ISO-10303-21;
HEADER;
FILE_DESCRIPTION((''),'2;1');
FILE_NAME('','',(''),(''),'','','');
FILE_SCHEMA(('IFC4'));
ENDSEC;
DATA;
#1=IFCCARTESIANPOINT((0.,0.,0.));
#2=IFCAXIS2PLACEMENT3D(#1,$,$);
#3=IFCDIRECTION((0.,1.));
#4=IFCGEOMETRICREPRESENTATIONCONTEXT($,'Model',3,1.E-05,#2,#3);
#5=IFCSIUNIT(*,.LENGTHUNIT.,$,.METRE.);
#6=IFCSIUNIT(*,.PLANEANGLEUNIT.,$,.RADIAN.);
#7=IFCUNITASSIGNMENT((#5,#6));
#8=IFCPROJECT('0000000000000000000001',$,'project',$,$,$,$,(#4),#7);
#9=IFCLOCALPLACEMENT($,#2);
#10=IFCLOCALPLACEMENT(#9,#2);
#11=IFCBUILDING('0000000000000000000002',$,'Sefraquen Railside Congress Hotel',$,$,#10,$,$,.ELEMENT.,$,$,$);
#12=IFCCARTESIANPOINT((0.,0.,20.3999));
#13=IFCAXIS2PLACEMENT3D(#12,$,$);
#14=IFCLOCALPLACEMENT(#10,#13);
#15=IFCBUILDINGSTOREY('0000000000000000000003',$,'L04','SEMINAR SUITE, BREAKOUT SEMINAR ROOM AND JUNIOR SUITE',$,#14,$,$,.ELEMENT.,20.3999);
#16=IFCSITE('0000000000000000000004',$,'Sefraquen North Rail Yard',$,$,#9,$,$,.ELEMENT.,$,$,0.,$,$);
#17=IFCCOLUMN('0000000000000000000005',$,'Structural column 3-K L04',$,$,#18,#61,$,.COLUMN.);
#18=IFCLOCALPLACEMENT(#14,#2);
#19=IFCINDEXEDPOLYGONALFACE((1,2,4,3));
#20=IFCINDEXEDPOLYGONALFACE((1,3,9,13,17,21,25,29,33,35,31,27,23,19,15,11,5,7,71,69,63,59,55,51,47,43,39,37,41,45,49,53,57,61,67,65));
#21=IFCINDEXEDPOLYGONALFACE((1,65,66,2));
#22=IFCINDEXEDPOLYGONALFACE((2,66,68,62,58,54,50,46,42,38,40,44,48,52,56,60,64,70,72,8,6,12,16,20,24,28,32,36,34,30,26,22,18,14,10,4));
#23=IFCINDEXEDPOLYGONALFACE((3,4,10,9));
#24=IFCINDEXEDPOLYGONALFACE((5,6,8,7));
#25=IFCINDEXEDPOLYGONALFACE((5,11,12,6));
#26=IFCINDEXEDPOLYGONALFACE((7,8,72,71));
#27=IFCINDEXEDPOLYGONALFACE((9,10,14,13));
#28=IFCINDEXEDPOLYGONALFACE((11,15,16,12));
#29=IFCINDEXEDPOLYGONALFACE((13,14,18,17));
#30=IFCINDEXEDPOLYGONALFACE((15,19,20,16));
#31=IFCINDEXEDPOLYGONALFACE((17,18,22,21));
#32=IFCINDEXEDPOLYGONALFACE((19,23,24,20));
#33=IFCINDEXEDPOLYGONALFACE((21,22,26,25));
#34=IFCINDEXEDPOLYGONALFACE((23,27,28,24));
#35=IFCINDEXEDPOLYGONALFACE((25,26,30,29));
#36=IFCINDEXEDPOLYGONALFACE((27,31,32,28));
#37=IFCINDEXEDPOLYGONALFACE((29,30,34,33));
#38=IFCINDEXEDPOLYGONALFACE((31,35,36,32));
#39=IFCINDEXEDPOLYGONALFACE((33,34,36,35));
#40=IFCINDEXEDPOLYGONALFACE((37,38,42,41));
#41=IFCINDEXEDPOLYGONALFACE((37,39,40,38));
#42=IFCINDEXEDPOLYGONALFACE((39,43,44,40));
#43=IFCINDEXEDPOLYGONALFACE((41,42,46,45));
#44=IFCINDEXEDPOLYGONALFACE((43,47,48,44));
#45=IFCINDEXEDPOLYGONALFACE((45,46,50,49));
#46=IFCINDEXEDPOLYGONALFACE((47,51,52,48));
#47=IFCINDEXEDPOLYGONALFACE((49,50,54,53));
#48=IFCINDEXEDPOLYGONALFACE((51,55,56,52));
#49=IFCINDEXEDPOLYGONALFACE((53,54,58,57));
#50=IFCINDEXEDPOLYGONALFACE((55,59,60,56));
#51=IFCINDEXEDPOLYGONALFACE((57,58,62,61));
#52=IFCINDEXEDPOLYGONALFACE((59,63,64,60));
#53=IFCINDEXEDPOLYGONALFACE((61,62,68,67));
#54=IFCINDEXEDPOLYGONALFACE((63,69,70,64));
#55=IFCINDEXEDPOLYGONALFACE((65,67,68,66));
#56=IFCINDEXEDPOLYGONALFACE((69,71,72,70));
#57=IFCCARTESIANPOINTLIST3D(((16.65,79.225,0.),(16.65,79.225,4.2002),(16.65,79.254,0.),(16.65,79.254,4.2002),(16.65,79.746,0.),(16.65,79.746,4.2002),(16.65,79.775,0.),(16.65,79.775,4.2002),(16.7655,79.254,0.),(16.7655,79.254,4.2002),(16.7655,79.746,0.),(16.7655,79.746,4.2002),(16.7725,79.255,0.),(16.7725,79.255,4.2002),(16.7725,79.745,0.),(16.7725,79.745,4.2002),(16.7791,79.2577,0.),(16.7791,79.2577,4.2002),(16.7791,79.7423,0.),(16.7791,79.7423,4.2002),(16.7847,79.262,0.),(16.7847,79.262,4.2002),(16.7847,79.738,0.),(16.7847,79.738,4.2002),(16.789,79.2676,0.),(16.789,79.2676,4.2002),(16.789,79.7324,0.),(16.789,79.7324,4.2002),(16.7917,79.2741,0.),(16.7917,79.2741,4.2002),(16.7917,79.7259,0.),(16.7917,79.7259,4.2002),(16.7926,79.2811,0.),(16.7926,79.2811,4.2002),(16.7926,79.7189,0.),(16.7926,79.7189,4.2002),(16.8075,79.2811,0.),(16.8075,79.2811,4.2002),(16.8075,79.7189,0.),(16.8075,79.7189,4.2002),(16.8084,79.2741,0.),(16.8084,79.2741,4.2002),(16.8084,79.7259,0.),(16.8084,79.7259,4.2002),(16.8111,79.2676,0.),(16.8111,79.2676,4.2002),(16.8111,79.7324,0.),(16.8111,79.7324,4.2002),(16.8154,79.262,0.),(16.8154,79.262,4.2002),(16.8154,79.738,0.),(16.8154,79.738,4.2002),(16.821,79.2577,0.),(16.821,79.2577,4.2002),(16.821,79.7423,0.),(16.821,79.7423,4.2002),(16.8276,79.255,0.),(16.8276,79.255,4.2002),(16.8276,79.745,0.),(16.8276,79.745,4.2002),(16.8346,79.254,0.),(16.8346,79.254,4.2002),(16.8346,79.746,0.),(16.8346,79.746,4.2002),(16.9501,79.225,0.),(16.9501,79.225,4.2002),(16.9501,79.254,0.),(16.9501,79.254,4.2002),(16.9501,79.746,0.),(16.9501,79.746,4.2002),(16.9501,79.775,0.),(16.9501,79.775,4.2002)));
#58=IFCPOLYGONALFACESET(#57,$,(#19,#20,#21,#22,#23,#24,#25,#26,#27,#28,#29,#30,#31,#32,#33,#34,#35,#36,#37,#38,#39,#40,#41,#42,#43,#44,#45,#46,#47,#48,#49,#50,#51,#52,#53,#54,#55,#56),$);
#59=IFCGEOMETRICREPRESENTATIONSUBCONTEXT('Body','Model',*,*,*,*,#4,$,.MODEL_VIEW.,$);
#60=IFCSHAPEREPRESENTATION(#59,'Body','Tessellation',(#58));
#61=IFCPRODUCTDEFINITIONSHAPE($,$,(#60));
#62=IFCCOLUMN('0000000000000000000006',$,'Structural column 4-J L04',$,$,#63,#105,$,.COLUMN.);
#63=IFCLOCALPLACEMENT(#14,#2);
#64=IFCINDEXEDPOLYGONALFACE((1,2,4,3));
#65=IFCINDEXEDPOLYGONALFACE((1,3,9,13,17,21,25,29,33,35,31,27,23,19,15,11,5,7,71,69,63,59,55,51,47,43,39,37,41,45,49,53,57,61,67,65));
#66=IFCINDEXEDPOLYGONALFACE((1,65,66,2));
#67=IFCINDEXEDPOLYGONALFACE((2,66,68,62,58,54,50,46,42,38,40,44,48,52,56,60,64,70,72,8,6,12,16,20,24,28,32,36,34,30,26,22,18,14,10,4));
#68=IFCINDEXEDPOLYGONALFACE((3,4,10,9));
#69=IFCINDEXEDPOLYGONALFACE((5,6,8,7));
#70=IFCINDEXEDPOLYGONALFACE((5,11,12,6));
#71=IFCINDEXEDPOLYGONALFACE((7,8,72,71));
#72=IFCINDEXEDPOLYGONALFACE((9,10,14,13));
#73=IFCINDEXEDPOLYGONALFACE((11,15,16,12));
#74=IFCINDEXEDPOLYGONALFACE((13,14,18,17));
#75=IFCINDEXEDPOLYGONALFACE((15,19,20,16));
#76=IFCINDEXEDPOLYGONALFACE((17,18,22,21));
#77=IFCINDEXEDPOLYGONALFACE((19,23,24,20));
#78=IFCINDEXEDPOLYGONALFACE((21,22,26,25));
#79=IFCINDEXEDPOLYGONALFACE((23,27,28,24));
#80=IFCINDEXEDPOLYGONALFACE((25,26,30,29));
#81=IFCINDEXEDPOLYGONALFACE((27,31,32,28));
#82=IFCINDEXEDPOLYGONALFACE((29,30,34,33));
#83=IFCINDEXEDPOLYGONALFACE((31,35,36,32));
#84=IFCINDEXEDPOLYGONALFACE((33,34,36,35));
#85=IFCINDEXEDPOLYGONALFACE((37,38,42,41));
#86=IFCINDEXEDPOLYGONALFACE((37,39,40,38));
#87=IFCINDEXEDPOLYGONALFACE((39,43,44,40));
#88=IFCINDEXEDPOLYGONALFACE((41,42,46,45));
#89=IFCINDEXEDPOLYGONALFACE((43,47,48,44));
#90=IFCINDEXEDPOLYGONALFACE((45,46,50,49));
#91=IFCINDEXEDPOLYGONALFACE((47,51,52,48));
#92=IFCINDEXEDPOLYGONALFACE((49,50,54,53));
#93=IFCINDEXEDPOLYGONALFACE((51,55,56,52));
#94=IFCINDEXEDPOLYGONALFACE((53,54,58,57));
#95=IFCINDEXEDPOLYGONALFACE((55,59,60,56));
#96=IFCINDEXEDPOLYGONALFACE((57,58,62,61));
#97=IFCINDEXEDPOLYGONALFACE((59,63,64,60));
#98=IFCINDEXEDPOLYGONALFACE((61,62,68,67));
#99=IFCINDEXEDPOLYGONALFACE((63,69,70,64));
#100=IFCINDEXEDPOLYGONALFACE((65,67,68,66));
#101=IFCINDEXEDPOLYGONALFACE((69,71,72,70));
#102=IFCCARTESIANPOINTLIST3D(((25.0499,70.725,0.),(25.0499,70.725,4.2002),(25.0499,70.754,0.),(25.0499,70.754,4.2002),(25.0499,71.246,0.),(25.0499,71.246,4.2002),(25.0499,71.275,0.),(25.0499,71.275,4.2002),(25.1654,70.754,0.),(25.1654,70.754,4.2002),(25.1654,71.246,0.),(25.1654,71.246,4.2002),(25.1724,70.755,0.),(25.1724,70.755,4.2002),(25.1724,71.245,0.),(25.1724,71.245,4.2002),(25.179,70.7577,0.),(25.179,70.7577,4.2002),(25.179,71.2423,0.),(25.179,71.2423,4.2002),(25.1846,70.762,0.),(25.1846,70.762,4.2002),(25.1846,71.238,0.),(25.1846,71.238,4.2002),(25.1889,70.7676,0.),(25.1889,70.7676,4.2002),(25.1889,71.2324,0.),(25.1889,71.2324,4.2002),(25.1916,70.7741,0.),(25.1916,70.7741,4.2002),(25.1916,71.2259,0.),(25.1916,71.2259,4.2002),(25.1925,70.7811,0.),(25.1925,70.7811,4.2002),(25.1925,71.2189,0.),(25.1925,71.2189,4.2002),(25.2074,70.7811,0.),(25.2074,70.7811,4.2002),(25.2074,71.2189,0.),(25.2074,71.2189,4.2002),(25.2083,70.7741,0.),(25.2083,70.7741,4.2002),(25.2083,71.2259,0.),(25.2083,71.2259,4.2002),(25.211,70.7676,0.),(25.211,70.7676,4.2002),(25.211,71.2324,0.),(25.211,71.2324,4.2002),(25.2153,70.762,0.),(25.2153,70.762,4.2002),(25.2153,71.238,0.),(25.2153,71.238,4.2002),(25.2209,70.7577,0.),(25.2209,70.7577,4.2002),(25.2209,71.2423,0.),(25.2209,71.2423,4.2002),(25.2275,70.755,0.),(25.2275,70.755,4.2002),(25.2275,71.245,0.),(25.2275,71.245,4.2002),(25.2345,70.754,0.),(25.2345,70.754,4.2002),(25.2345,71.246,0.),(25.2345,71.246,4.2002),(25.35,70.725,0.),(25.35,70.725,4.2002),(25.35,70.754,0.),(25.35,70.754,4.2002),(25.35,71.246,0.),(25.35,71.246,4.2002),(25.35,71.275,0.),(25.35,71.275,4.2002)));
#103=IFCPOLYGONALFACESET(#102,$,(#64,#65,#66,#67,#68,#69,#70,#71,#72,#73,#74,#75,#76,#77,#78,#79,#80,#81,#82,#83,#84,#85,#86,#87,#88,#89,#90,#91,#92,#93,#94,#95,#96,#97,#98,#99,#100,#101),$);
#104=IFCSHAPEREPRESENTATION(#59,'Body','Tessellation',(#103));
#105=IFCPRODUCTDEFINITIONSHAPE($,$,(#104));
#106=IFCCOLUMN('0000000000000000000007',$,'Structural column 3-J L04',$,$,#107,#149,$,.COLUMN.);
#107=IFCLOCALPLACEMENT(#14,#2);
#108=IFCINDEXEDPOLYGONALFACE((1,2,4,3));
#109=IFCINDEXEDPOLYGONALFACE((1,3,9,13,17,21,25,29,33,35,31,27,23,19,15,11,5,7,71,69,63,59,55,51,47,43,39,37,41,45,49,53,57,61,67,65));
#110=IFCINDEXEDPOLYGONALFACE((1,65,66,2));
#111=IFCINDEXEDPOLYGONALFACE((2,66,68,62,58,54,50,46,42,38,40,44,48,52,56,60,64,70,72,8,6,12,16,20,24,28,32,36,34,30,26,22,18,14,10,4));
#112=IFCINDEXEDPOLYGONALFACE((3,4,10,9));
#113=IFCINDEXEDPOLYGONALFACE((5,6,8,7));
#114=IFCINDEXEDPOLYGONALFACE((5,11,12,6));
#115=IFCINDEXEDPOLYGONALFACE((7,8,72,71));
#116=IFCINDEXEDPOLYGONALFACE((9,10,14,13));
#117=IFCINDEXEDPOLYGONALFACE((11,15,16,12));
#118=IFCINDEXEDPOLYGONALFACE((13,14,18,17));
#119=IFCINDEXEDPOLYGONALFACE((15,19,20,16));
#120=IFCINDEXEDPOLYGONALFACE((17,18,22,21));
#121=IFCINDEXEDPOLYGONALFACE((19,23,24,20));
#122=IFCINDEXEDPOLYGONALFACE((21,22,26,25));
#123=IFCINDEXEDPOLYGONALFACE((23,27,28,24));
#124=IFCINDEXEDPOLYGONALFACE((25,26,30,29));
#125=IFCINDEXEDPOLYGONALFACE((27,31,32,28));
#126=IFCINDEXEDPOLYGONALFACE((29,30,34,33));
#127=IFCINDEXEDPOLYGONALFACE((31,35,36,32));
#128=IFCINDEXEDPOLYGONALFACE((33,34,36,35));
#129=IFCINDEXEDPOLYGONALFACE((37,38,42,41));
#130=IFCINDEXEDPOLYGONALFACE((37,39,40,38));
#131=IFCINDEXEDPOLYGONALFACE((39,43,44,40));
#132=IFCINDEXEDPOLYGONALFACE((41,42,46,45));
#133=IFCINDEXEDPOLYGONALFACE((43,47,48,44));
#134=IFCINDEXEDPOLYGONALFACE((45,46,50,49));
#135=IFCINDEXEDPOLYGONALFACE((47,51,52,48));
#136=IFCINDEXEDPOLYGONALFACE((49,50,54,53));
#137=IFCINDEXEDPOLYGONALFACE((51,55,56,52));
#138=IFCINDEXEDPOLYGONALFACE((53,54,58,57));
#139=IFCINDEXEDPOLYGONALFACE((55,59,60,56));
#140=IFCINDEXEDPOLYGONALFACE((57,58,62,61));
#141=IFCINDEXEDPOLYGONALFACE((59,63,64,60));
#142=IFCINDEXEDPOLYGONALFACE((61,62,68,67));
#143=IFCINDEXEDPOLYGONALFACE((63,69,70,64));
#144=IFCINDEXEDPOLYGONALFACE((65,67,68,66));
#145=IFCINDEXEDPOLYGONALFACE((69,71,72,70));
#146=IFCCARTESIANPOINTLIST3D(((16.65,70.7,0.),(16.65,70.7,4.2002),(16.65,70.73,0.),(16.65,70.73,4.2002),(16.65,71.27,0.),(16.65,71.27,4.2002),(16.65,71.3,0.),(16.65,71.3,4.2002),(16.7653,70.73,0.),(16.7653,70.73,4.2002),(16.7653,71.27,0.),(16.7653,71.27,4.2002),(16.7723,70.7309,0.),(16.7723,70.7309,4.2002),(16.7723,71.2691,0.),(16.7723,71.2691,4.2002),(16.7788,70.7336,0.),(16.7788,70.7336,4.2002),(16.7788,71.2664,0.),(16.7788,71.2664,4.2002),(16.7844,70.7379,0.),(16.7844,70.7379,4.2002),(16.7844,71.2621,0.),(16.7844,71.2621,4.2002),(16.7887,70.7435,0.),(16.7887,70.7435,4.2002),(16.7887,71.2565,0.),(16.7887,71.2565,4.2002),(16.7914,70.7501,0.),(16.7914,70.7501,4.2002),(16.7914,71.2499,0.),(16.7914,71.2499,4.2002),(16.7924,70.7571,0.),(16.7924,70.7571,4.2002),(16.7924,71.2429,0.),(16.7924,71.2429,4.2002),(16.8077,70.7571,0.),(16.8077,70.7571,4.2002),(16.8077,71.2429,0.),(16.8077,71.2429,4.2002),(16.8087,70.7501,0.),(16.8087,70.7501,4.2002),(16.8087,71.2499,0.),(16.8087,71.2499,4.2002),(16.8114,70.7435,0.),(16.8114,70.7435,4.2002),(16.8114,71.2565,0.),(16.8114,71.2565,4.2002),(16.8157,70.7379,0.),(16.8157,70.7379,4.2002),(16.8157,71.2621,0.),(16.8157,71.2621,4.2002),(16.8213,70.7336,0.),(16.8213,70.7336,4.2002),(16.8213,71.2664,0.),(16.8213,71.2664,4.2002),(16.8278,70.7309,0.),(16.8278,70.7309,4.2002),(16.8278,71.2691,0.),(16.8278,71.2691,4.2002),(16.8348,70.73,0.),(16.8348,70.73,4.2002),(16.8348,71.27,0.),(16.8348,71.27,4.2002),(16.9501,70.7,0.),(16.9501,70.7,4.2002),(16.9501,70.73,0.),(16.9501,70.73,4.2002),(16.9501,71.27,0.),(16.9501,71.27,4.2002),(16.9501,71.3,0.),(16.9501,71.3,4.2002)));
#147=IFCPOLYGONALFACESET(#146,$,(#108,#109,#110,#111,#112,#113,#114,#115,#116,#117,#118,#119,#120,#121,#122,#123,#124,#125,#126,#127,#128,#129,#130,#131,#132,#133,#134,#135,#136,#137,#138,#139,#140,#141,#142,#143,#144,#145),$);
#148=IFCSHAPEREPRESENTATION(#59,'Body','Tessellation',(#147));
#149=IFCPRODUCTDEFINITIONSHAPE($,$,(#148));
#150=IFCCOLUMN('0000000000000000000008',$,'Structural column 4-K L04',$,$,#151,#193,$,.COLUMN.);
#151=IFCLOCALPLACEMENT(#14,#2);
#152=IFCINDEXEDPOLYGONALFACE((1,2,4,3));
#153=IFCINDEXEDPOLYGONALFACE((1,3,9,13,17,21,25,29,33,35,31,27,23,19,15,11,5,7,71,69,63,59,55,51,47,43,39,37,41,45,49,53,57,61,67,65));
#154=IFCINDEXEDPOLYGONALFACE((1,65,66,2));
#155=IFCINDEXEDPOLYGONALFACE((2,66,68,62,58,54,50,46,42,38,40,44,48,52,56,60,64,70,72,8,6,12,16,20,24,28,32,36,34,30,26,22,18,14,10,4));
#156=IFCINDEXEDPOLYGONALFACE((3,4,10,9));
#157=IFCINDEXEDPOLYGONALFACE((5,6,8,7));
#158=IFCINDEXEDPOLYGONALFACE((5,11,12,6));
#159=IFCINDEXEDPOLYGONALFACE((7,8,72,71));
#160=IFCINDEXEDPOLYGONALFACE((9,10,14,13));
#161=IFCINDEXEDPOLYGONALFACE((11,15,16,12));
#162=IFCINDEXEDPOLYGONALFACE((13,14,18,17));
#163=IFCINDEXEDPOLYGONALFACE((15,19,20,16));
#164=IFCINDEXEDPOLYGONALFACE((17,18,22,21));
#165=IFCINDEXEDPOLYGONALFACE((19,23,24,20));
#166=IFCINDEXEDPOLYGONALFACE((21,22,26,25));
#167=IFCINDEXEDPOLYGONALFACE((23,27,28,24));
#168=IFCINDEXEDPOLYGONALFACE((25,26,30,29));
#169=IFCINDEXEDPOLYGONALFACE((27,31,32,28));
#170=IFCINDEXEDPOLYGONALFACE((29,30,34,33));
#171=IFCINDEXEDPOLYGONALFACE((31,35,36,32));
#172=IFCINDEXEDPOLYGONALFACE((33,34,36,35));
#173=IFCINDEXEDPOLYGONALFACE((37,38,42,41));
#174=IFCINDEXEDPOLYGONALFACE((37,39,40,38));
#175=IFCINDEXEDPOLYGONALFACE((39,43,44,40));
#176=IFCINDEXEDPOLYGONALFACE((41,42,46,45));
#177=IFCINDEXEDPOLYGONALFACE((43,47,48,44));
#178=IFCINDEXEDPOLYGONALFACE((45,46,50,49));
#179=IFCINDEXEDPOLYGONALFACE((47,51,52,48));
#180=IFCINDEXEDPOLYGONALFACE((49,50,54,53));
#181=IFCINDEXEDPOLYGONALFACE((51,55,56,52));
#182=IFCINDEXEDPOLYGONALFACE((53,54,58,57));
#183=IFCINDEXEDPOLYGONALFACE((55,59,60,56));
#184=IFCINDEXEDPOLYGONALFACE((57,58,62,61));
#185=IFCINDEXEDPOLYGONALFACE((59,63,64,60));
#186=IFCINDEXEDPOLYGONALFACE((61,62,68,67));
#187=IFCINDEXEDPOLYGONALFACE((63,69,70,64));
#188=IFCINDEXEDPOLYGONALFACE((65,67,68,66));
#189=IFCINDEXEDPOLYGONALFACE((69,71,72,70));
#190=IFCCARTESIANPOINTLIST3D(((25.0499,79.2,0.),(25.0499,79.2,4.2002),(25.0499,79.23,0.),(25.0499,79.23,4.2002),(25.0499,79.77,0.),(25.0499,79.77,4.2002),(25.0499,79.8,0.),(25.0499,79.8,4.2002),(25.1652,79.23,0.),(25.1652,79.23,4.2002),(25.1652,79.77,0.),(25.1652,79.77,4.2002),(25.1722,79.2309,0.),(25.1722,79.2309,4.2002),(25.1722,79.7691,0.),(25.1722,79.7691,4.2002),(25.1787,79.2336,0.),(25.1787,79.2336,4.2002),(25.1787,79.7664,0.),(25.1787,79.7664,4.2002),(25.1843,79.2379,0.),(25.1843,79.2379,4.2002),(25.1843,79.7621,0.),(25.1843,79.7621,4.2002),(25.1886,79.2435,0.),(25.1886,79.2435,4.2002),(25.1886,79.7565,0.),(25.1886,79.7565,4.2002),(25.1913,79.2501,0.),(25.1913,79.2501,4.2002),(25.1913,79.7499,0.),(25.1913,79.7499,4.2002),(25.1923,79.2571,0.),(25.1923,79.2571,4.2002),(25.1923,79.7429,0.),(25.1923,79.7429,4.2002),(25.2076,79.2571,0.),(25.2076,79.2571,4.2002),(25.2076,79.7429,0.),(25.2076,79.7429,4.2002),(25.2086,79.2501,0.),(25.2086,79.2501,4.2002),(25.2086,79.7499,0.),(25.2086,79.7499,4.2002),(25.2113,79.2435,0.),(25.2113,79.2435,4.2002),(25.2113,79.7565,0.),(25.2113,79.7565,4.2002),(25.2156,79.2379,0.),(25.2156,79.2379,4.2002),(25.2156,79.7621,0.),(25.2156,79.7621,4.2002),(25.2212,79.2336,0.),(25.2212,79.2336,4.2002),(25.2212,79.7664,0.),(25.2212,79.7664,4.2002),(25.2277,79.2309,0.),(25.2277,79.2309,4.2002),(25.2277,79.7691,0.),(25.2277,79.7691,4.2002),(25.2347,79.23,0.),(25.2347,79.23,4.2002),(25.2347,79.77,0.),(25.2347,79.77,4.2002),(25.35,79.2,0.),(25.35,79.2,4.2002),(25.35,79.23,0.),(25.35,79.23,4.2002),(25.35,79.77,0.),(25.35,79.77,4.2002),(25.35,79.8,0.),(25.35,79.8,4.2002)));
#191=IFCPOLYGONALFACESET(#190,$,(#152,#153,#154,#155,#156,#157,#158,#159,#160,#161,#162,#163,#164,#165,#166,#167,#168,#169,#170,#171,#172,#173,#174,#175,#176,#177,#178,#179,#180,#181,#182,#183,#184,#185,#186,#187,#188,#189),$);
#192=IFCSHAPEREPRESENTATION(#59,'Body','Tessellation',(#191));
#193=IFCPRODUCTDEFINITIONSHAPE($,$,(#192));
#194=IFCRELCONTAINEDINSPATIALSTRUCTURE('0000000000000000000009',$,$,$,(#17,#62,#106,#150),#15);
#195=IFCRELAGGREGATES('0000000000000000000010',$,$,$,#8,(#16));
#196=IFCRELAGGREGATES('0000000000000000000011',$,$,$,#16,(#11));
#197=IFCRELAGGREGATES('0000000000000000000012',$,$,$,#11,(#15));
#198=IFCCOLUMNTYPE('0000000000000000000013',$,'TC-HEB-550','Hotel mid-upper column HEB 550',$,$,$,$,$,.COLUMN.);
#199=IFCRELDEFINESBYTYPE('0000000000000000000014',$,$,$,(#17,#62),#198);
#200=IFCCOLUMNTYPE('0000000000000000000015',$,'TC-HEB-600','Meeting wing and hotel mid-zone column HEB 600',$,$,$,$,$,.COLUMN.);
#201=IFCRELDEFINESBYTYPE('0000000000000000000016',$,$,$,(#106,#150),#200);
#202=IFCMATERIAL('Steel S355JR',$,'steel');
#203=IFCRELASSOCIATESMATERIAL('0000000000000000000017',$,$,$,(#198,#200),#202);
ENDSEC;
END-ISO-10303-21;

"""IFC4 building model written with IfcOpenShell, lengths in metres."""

from ifc_helpers import new_model, si_unit, direction, frame, origin, origin_2d, place, context, subcontext, project, spatial, i_section, extrude, material, material_profile, profile_set, type_object, element, save


model = new_model("IFC4")

# Units and contexts
model_context = context("Model", 3, precision=1e-05, world=origin(), true_north=direction((0.0, 1.0)))
body_context = subcontext(model_context, "Body", "Model", "MODEL_VIEW")
ifc_project = project(units=[si_unit("LENGTHUNIT", "METRE"), si_unit("PLANEANGLEUNIT", "RADIAN")], contexts=[model_context])

# Site, building, storey
site_placement = place(None, origin())
site = spatial("IfcSite", under=ifc_project, at=site_placement, Name="Sefraquen North Rail Yard", CompositionType="ELEMENT", RefElevation=0.0)
building_placement = place(site_placement, origin())
building = spatial("IfcBuilding", under=site, at=building_placement, Name="Sefraquen Railside Congress Hotel", CompositionType="ELEMENT")
storey_placement = place(building_placement, frame((0.0, 0.0, 20.3999)))
storey = spatial("IfcBuildingStorey", under=building, at=storey_placement, Name="L04", Description="SEMINAR SUITE, BREAKOUT SEMINAR ROOM AND JUNIOR SUITE", CompositionType="ELEMENT", Elevation=20.3999)

# Columns
ifc_material_1 = material(Name="Steel S355JR", Category="steel")
ifc_material_profile_1 = material_profile(ifc_material_1, i_section(OverallWidth=0.3, OverallDepth=0.55, WebThickness=0.0149, FlangeThickness=0.0291, FilletRadius=0.0271, at=origin_2d()), Name="HEB 550")
ifc_profile_set_1 = profile_set([ifc_material_profile_1], Name="Steel S355JR")
column_type_1 = type_object("IfcColumnType", Name="TC-HEB-550", Description="Hotel mid-upper column HEB 550", PredefinedType="COLUMN", material=ifc_profile_set_1)
for number, where, z_axis, x_axis, name in (
    (1, (16.8, 79.5, 0.0), (0.0, 0.0, 1.0), (1.0, 0.0, 0.0), "Structural column 3-K L04"),
    (2, (25.2, 71.0, 0.0), (0.0, 0.0, 1.0), (1.0, 0.0, 0.0), "Structural column 4-J L04"),
):
    element("IfcColumn", number, at=place(storey_placement, frame(where, z_axis=z_axis, x_axis=x_axis)), inside=storey, type_object=column_type_1, Name=name, PredefinedType="COLUMN", context=body_context, shape_type="SweptSolid", body=[
        extrude(i_section(OverallWidth=0.3, OverallDepth=0.55, WebThickness=0.0149, FlangeThickness=0.0291, FilletRadius=0.0271, at=origin_2d()), origin(), (0.0, 0.0, 1.0), 4.2002),
    ])
ifc_material_profile_2 = material_profile(ifc_material_1, i_section(OverallWidth=0.3, OverallDepth=0.6001, WebThickness=0.0154, FlangeThickness=0.03, FilletRadius=0.0271, at=origin_2d()), Name="HEB 600")
ifc_profile_set_2 = profile_set([ifc_material_profile_2], Name="Steel S355JR")
column_type_2 = type_object("IfcColumnType", Name="TC-HEB-600", Description="Meeting wing and hotel mid-zone column HEB 600", PredefinedType="COLUMN", material=ifc_profile_set_2)
for number, where, z_axis, x_axis, name in (
    (3, (16.8, 71.0, 0.0), (0.0, 0.0, 1.0), (1.0, 0.0, 0.0), "Structural column 3-J L04"),
    (4, (25.2, 79.5, 0.0), (0.0, 0.0, 1.0), (1.0, 0.0, 0.0), "Structural column 4-K L04"),
):
    element("IfcColumn", number, at=place(storey_placement, frame(where, z_axis=z_axis, x_axis=x_axis)), inside=storey, type_object=column_type_2, Name=name, PredefinedType="COLUMN", context=body_context, shape_type="SweptSolid", body=[
        extrude(i_section(OverallWidth=0.3, OverallDepth=0.6001, WebThickness=0.0154, FlangeThickness=0.03, FilletRadius=0.0271, at=origin_2d()), origin(), (0.0, 0.0, 1.0), 4.2002),
    ])

save(model, "model.ifc")
